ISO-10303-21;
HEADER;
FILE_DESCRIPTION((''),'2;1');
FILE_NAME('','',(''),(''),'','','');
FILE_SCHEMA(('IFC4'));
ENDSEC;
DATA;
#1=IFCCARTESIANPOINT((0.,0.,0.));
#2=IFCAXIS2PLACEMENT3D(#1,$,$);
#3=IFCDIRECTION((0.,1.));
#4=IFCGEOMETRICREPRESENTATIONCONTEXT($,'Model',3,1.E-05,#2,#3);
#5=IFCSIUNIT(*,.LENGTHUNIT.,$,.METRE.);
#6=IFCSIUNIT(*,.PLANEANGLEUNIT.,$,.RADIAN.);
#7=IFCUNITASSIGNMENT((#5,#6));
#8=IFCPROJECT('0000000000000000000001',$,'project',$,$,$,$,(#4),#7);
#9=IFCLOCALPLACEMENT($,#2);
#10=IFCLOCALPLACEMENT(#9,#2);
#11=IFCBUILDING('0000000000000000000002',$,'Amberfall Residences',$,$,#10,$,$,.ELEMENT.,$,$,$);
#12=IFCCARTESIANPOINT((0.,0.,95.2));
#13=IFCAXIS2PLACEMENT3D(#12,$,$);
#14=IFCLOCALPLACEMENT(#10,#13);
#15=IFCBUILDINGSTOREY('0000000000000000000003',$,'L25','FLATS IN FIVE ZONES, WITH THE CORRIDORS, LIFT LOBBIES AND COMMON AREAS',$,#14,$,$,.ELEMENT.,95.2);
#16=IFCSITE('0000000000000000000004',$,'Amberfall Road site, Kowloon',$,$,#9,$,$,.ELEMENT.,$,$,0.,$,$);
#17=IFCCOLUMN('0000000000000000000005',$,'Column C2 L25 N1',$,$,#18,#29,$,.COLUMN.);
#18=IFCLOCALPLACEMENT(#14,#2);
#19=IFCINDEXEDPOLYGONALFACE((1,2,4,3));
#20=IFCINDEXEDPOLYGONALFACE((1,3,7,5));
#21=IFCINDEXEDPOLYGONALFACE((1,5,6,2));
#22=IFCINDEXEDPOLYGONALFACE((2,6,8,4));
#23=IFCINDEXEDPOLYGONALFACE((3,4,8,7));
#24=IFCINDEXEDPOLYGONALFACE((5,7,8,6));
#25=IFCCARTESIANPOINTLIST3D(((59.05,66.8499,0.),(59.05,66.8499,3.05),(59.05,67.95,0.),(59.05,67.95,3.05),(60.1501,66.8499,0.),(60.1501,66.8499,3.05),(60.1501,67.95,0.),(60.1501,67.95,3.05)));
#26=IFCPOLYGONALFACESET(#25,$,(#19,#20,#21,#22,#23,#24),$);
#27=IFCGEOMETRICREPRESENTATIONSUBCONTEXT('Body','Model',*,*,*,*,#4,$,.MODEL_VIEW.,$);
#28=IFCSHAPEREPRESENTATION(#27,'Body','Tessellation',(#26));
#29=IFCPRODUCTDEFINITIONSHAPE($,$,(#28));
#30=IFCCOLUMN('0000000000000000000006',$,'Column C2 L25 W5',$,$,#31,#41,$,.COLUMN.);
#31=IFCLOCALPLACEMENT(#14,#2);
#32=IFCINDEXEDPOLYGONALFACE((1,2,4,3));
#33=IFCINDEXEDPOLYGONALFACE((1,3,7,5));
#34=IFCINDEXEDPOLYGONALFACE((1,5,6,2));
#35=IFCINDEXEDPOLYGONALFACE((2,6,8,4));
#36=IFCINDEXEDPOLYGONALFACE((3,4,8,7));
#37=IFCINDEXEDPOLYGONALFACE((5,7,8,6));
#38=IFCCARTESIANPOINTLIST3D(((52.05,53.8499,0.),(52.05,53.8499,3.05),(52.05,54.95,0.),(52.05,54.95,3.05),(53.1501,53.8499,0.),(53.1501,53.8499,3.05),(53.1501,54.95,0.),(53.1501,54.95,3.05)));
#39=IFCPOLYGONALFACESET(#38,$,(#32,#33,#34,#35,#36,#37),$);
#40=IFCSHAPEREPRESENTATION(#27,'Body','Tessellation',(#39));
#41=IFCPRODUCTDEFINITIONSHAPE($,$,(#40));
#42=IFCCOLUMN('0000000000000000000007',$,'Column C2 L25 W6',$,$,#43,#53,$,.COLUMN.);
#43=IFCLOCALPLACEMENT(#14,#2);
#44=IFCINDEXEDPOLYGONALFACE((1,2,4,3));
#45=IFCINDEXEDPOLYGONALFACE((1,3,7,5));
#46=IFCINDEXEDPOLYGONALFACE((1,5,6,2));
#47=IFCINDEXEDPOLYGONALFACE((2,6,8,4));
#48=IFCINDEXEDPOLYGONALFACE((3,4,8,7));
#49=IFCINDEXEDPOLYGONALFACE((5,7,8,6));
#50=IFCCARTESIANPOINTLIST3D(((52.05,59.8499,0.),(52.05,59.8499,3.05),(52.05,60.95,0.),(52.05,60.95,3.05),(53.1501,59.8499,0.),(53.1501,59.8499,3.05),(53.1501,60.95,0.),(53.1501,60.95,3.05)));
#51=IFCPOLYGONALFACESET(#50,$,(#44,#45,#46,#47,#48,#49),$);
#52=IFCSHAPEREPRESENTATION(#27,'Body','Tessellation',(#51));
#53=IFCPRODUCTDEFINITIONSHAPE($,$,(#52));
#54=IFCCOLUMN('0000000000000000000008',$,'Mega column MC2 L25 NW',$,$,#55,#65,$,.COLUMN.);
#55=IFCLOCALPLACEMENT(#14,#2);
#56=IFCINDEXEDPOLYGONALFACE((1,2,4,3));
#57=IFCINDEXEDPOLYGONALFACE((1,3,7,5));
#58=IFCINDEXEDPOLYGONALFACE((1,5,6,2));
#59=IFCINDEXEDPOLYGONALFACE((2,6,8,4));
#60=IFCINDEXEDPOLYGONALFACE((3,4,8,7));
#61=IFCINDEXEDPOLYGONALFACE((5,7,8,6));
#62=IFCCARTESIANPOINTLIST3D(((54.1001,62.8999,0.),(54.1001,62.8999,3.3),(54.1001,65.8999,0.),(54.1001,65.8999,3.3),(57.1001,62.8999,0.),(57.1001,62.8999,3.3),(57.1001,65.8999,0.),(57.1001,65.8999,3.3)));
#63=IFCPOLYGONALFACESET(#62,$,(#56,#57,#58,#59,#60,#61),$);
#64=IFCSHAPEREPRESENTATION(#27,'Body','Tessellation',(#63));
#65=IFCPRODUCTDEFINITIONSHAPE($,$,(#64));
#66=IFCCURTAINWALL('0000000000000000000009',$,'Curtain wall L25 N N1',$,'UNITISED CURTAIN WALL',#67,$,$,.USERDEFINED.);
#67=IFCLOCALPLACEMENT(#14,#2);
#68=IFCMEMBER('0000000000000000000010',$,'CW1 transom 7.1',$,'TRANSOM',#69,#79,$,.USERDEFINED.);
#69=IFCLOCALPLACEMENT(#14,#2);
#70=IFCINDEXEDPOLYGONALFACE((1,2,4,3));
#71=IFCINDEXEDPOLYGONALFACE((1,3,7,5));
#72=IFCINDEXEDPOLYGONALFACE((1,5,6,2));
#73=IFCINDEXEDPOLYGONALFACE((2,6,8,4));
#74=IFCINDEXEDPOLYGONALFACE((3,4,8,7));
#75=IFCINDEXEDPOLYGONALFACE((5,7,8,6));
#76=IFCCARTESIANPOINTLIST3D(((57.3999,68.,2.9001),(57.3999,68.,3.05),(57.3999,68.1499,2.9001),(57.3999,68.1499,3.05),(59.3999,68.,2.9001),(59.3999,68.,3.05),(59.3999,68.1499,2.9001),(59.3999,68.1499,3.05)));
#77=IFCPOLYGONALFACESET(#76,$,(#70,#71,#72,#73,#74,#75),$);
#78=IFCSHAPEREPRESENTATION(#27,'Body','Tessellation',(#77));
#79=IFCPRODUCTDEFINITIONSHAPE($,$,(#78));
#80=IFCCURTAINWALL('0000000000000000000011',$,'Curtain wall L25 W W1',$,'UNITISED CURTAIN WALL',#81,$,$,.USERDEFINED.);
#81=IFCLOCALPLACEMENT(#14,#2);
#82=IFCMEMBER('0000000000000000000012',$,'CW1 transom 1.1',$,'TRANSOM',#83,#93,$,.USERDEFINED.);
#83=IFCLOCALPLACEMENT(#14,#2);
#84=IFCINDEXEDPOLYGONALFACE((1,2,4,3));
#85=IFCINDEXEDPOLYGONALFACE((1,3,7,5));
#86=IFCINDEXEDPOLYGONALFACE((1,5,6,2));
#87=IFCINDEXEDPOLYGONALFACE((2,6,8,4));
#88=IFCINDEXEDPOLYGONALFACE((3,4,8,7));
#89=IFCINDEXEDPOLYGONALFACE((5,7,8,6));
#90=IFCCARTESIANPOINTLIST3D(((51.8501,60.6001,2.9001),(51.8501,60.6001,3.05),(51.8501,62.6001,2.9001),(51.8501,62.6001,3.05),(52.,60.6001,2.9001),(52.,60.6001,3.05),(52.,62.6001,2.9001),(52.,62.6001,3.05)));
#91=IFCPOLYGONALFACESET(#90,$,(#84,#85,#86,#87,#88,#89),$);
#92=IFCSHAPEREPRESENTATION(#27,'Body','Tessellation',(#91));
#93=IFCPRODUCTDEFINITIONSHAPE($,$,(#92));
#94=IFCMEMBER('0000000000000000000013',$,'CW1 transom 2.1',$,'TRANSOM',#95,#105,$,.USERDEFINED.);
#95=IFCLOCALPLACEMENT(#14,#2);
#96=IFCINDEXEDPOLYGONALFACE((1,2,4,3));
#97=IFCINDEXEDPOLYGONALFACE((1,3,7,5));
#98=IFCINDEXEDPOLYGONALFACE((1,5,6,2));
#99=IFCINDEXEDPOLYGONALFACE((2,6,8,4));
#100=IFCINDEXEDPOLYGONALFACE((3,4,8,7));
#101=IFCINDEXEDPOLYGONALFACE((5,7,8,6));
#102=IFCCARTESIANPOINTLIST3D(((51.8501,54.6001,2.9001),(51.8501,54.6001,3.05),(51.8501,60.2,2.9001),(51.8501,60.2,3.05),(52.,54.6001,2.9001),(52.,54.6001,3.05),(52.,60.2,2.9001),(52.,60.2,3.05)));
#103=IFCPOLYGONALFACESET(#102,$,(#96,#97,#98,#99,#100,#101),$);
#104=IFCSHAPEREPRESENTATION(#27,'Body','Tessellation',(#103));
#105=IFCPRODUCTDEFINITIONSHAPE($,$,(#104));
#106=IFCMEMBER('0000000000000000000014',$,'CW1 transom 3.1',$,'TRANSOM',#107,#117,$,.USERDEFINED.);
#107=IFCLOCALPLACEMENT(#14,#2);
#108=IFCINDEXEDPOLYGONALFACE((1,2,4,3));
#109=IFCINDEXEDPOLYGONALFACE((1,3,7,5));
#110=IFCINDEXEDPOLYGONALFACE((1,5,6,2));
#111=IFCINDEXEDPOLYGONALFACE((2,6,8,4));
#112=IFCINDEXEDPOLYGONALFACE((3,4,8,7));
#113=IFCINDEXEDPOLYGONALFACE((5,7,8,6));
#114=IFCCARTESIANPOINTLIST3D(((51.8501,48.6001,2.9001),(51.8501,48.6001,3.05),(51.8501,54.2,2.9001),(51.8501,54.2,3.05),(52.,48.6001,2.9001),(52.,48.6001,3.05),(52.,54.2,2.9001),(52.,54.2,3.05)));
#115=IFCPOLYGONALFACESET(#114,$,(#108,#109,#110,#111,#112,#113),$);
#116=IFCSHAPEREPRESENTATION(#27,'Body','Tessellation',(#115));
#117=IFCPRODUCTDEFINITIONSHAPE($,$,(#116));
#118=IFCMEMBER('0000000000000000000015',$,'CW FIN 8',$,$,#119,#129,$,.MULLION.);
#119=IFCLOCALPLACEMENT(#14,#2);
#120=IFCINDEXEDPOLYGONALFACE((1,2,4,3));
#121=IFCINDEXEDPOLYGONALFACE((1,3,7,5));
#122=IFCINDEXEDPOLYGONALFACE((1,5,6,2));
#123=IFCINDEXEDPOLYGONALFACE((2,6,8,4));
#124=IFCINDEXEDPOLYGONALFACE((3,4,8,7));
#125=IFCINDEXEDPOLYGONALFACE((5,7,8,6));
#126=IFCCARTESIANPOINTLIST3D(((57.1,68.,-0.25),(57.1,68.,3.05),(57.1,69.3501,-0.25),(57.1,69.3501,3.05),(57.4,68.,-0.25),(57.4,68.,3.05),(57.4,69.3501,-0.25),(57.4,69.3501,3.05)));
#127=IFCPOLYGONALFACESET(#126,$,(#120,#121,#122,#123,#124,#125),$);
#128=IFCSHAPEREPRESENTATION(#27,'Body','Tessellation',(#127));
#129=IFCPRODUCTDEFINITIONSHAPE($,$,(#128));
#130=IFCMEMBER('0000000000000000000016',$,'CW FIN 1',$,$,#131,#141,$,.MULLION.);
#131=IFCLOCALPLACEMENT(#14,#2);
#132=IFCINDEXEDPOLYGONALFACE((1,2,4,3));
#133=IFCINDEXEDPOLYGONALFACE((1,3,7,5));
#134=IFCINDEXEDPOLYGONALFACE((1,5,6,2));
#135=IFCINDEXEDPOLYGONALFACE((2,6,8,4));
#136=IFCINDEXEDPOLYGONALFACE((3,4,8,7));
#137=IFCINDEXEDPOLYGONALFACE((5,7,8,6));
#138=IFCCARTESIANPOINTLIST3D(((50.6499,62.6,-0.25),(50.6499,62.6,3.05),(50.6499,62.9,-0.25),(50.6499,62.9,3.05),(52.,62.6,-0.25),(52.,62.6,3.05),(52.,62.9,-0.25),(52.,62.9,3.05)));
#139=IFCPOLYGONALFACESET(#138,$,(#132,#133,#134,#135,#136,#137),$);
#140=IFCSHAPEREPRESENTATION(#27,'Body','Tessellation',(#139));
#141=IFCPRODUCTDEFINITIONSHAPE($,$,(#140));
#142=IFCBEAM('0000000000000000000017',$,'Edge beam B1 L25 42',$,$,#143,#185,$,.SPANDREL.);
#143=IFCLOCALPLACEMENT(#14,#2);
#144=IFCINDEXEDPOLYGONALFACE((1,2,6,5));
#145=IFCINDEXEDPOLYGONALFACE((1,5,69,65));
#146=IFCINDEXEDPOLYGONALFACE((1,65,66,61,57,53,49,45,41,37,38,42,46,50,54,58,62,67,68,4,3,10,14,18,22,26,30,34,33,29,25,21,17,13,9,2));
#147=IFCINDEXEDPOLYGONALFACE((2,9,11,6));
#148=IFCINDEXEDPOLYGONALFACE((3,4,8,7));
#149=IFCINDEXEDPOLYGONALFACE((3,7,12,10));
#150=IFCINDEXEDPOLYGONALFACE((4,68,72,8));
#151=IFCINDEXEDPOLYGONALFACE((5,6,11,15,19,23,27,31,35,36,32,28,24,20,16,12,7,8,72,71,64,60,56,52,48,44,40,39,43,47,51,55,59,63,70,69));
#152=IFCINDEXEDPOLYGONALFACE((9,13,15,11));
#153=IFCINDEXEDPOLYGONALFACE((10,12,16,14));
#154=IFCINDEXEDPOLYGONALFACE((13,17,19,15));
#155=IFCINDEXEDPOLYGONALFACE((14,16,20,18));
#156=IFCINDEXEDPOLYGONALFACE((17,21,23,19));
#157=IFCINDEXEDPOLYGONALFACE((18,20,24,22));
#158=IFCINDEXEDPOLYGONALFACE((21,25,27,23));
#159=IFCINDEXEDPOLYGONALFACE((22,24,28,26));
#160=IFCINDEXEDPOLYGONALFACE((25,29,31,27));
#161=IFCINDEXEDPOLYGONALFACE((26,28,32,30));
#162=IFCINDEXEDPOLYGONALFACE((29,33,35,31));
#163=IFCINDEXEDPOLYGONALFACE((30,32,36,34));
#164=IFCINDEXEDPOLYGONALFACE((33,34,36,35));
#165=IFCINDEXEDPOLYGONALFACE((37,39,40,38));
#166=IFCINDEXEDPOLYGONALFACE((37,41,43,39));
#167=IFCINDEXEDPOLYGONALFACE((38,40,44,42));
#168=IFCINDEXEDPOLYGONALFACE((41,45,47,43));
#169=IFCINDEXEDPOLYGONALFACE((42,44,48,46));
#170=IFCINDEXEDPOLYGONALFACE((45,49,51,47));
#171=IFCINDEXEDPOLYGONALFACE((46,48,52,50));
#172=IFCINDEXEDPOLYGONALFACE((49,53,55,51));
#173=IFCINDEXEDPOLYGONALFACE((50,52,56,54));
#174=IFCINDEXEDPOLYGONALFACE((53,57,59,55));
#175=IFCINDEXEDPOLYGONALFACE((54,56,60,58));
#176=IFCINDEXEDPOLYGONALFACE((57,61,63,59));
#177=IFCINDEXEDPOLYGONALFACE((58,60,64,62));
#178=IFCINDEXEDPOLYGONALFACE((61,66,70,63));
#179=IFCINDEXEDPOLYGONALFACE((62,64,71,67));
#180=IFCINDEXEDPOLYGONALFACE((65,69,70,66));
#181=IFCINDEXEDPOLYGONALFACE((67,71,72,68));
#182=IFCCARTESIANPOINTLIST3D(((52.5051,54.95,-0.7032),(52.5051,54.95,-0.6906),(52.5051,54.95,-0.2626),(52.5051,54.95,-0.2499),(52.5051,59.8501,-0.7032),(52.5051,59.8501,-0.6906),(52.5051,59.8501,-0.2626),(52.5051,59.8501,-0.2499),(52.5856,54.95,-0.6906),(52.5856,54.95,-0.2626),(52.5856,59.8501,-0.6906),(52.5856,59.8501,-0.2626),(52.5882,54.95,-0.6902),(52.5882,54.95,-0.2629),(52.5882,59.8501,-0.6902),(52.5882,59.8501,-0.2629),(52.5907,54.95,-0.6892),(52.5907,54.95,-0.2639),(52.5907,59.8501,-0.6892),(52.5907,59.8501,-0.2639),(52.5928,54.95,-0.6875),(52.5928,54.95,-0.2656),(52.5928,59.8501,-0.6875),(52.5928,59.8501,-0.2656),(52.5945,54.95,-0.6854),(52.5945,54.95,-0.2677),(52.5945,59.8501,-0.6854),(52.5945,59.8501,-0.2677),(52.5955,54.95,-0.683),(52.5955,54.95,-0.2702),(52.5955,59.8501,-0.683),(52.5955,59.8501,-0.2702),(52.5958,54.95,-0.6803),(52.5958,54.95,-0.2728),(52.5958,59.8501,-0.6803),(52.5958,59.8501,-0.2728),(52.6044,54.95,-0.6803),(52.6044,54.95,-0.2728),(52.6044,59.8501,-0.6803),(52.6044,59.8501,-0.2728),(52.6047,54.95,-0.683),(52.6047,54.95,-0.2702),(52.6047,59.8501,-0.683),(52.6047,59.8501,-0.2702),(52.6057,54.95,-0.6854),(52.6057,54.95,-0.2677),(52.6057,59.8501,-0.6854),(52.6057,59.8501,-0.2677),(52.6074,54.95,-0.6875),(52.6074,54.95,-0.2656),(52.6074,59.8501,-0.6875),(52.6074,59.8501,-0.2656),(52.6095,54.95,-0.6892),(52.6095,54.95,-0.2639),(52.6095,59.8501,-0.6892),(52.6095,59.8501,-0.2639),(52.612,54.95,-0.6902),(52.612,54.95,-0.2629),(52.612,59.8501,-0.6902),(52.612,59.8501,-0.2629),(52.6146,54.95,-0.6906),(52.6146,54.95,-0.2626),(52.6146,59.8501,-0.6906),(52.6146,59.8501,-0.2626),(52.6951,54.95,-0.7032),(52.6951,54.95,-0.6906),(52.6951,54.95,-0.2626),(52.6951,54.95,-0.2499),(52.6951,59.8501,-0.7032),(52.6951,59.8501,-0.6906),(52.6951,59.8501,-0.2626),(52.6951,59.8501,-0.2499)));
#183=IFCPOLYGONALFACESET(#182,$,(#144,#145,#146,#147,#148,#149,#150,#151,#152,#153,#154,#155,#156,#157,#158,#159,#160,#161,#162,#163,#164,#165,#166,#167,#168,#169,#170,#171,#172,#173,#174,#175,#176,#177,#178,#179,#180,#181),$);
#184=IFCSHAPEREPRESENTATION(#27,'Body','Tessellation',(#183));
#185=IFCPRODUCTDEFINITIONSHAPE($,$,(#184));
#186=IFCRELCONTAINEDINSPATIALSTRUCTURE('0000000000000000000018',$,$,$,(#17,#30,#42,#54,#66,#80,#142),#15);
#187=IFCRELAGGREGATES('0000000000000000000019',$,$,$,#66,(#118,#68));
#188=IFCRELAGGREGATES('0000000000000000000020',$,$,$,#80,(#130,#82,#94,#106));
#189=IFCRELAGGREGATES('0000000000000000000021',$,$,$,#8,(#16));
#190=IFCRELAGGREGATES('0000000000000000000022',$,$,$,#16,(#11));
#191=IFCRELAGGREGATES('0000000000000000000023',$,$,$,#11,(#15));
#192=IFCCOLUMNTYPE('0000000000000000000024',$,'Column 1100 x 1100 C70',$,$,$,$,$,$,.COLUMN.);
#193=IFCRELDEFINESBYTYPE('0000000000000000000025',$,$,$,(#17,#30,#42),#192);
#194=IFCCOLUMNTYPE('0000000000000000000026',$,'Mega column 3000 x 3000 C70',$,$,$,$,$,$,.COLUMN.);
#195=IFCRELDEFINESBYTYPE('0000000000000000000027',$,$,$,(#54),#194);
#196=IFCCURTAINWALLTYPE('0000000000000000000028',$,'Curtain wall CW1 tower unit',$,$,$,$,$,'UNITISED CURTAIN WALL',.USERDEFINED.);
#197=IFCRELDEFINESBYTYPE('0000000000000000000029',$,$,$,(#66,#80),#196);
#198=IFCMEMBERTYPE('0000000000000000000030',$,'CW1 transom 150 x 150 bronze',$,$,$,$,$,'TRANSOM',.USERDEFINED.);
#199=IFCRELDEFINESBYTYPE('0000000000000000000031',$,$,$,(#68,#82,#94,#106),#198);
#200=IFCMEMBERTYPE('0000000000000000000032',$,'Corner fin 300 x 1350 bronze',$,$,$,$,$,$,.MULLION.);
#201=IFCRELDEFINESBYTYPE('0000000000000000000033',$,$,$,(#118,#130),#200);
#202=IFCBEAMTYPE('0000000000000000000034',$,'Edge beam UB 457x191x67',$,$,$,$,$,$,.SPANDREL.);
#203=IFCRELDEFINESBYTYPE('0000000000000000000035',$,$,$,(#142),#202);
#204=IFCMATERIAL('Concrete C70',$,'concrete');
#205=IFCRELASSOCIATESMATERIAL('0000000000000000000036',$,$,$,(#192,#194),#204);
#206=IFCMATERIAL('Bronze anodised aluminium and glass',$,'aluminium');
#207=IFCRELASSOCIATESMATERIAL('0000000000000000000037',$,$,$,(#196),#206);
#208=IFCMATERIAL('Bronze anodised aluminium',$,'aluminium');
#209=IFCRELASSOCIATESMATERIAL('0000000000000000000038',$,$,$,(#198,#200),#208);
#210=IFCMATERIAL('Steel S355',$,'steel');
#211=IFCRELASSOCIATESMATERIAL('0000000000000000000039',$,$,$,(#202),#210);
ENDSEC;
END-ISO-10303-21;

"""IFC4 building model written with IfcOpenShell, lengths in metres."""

from ifc_helpers import new_model, si_unit, direction, frame, origin, origin_2d, place, context, subcontext, project, spatial, rectangle, i_section, extrude, material, material_profile, profile_set, type_object, element, aggregate, save


model = new_model("IFC4")

# Units and contexts
model_context = context("Model", 3, precision=1e-05, world=origin(), true_north=direction((0.0, 1.0)))
body_context = subcontext(model_context, "Body", "Model", "MODEL_VIEW")
ifc_project = project(units=[si_unit("LENGTHUNIT", "METRE"), si_unit("PLANEANGLEUNIT", "RADIAN")], contexts=[model_context])

# Site, building, storey
site_placement = place(None, origin())
site = spatial("IfcSite", under=ifc_project, at=site_placement, Name="Amberfall Road site, Kowloon", CompositionType="ELEMENT", RefElevation=0.0)
building_placement = place(site_placement, origin())
building = spatial("IfcBuilding", under=site, at=building_placement, Name="Amberfall Residences", CompositionType="ELEMENT")
storey_placement = place(building_placement, frame((0.0, 0.0, 95.2)))
storey = spatial("IfcBuildingStorey", under=building, at=storey_placement, Name="L25", Description="FLATS IN FIVE ZONES, WITH THE CORRIDORS, LIFT LOBBIES AND COMMON AREAS", CompositionType="ELEMENT", Elevation=95.2)

# Columns
ifc_material_1 = material(Name="Concrete C70", Category="concrete")
ifc_material_profile_1 = material_profile(ifc_material_1, rectangle(XDim=1.1001, YDim=1.1001, at=origin_2d()), Name="Column 1100 x 1100 C70")
ifc_profile_set_1 = profile_set([ifc_material_profile_1], Name="Concrete C70")
column_type_1 = type_object("IfcColumnType", Name="Column 1100 x 1100 C70", PredefinedType="COLUMN", material=ifc_profile_set_1)
for number, where, z_axis, x_axis, name in (
    (1, (59.6001, 67.3999, 0.0), (0.0, 0.0, 1.0), (1.0, 0.0, 0.0), "Column C2 L25 N1"),
    (2, (52.6001, 54.3999, 0.0), (0.0, 0.0, 1.0), (1.0, 0.0, 0.0), "Column C2 L25 W5"),
    (3, (52.6001, 60.3999, 0.0), (0.0, 0.0, 1.0), (1.0, 0.0, 0.0), "Column C2 L25 W6"),
):
    element("IfcColumn", number, at=place(storey_placement, frame(where, z_axis=z_axis, x_axis=x_axis)), inside=storey, type_object=column_type_1, Name=name, PredefinedType="COLUMN", context=body_context, shape_type="SweptSolid", body=[
        extrude(rectangle(XDim=1.1001, YDim=1.1001, at=origin_2d()), origin(), (0.0, 0.0, 1.0), 3.05),
    ])
ifc_material_profile_2 = material_profile(ifc_material_1, rectangle(XDim=3.0, YDim=3.0, at=origin_2d()), Name="Mega column 3000 x 3000 C70")
ifc_profile_set_2 = profile_set([ifc_material_profile_2], Name="Concrete C70")
column_type_2 = type_object("IfcColumnType", Name="Mega column 3000 x 3000 C70", PredefinedType="COLUMN", material=ifc_profile_set_2)
column_placement = place(storey_placement, frame((55.6001, 64.3999, 0.0), z_axis=(0.0, 0.0, 1.0), x_axis=(1.0, 0.0, 0.0)))
element("IfcColumn", 4, at=column_placement, inside=storey, type_object=column_type_2, Name="Mega column MC2 L25 NW", PredefinedType="COLUMN", context=body_context, shape_type="SweptSolid", body=[
    extrude(rectangle(XDim=3.0, YDim=3.0, at=origin_2d()), origin(), (0.0, 0.0, 1.0), 3.3),
])

# Curtain wall, member
ifc_material_2 = material(Name="Bronze anodised aluminium and glass", Category="aluminium")
curtain_wall_type = type_object("IfcCurtainWallType", Name="Curtain wall CW1 tower unit", ElementType="UNITISED CURTAIN WALL", PredefinedType="USERDEFINED", material=ifc_material_2)
curtain_wall_1_placement = place(storey_placement, origin())
curtain_wall_1 = element("IfcCurtainWall", 5, at=curtain_wall_1_placement, inside=storey, type_object=curtain_wall_type, Name="Curtain wall L25 N N1", ObjectType="UNITISED CURTAIN WALL", PredefinedType="USERDEFINED")
ifc_material_3 = material(Name="Bronze anodised aluminium", Category="aluminium")
ifc_material_profile_3 = material_profile(ifc_material_3, rectangle(XDim=0.1499, YDim=0.1499, at=origin_2d()), Name="CW1 transom 150 x 150 bronze")
ifc_profile_set_3 = profile_set([ifc_material_profile_3], Name="Bronze anodised aluminium")
member_type_1 = type_object("IfcMemberType", Name="CW1 transom 150 x 150 bronze", ElementType="TRANSOM", PredefinedType="USERDEFINED", material=ifc_profile_set_3)
member_1_placement = place(storey_placement, frame((59.3999, 68.075, 2.9751), z_axis=(-1.0, 0.0, 0.0), x_axis=(0.0, -1.0, 0.0)))
member_1 = element("IfcMember", 6, at=member_1_placement, type_object=member_type_1, Name="CW1 transom 7.1", ObjectType="TRANSOM", PredefinedType="USERDEFINED", context=body_context, shape_type="SweptSolid", body=[
    extrude(rectangle(XDim=0.1499, YDim=0.1499, at=origin_2d()), origin(), (0.0, 0.0, 1.0), 2.0),
])

# Curtain wall, members
curtain_wall_2_placement = place(storey_placement, origin())
curtain_wall_2 = element("IfcCurtainWall", 7, at=curtain_wall_2_placement, inside=storey, type_object=curtain_wall_type, Name="Curtain wall L25 W W1", ObjectType="UNITISED CURTAIN WALL", PredefinedType="USERDEFINED")
member_2_placement = place(storey_placement, frame((51.925, 62.6001, 2.9751), z_axis=(0.0, -1.0, 0.0), x_axis=(1.0, 0.0, 0.0)))
member_2 = element("IfcMember", 8, at=member_2_placement, type_object=member_type_1, Name="CW1 transom 1.1", ObjectType="TRANSOM", PredefinedType="USERDEFINED", context=body_context, shape_type="SweptSolid", body=[
    extrude(rectangle(XDim=0.1499, YDim=0.1499, at=origin_2d()), origin(), (0.0, 0.0, 1.0), 2.0),
])
member_3_placement = place(storey_placement, frame((51.925, 60.2, 2.9751), z_axis=(0.0, -1.0, 0.0), x_axis=(1.0, 0.0, 0.0)))
member_3 = element("IfcMember", 9, at=member_3_placement, type_object=member_type_1, Name="CW1 transom 2.1", ObjectType="TRANSOM", PredefinedType="USERDEFINED", context=body_context, shape_type="SweptSolid", body=[
    extrude(rectangle(XDim=0.1499, YDim=0.1499, at=origin_2d()), origin(), (0.0, 0.0, 1.0), 5.5999),
])
member_4_placement = place(storey_placement, frame((51.925, 54.2, 2.9751), z_axis=(0.0, -1.0, 0.0), x_axis=(1.0, 0.0, 0.0)))
member_4 = element("IfcMember", 10, at=member_4_placement, type_object=member_type_1, Name="CW1 transom 3.1", ObjectType="TRANSOM", PredefinedType="USERDEFINED", context=body_context, shape_type="SweptSolid", body=[
    extrude(rectangle(XDim=0.1499, YDim=0.1499, at=origin_2d()), origin(), (0.0, 0.0, 1.0), 5.5999),
])

# Members
ifc_material_profile_4 = material_profile(ifc_material_3, rectangle(XDim=1.3501, YDim=0.3, at=origin_2d()), Name="Corner fin 300 x 1350 bronze")
ifc_profile_set_4 = profile_set([ifc_material_profile_4], Name="Bronze anodised aluminium")
member_type_2 = type_object("IfcMemberType", Name="Corner fin 300 x 1350 bronze", PredefinedType="MULLION", material=ifc_profile_set_4)
member_5_placement = place(storey_placement, frame((57.25, 68.675, -0.25), z_axis=(0.0, 0.0, 1.0), x_axis=(0.0, -1.0, 0.0)))
member_5 = element("IfcMember", 11, at=member_5_placement, type_object=member_type_2, Name="CW FIN 8", PredefinedType="MULLION", context=body_context, shape_type="SweptSolid", body=[
    extrude(rectangle(XDim=1.3501, YDim=0.3, at=origin_2d()), origin(), (0.0, 0.0, 1.0), 3.3),
])
member_6_placement = place(storey_placement, frame((51.325, 62.75, -0.25), z_axis=(0.0, 0.0, 1.0), x_axis=(1.0, 0.0, 0.0)))
member_6 = element("IfcMember", 12, at=member_6_placement, type_object=member_type_2, Name="CW FIN 1", PredefinedType="MULLION", context=body_context, shape_type="SweptSolid", body=[
    extrude(rectangle(XDim=1.3501, YDim=0.3, at=origin_2d()), origin(), (0.0, 0.0, 1.0), 3.3),
])

# Beam
ifc_material_4 = material(Name="Steel S355", Category="steel")
ifc_material_profile_5 = material_profile(ifc_material_4, i_section(OverallWidth=0.1899, OverallDepth=0.4534, WebThickness=0.0085, FlangeThickness=0.0127, FilletRadius=0.0103, at=origin_2d()), Name="UB 457x191x67")
ifc_profile_set_5 = profile_set([ifc_material_profile_5], Name="Steel S355")
beam_type_1 = type_object("IfcBeamType", Name="Edge beam UB 457x191x67", PredefinedType="SPANDREL", material=ifc_profile_set_5)
beam_1_placement = place(storey_placement, frame((52.6001, 54.95, -0.4766), z_axis=(0.0, 1.0, 0.0), x_axis=(-1.0, 0.0, 0.0)))
element("IfcBeam", 13, at=beam_1_placement, inside=storey, type_object=beam_type_1, Name="Edge beam B1 L25 42", PredefinedType="SPANDREL", context=body_context, shape_type="SweptSolid", body=[
    extrude(i_section(OverallWidth=0.1899, OverallDepth=0.4534, WebThickness=0.0085, FlangeThickness=0.0127, FilletRadius=0.0103, at=origin_2d()), origin(), (0.0, 0.0, 1.0), 4.9001),
])

aggregate(curtain_wall_1, [member_5, member_1])
aggregate(curtain_wall_2, [member_6, member_2, member_3, member_4])

save(model, "model.ifc")
